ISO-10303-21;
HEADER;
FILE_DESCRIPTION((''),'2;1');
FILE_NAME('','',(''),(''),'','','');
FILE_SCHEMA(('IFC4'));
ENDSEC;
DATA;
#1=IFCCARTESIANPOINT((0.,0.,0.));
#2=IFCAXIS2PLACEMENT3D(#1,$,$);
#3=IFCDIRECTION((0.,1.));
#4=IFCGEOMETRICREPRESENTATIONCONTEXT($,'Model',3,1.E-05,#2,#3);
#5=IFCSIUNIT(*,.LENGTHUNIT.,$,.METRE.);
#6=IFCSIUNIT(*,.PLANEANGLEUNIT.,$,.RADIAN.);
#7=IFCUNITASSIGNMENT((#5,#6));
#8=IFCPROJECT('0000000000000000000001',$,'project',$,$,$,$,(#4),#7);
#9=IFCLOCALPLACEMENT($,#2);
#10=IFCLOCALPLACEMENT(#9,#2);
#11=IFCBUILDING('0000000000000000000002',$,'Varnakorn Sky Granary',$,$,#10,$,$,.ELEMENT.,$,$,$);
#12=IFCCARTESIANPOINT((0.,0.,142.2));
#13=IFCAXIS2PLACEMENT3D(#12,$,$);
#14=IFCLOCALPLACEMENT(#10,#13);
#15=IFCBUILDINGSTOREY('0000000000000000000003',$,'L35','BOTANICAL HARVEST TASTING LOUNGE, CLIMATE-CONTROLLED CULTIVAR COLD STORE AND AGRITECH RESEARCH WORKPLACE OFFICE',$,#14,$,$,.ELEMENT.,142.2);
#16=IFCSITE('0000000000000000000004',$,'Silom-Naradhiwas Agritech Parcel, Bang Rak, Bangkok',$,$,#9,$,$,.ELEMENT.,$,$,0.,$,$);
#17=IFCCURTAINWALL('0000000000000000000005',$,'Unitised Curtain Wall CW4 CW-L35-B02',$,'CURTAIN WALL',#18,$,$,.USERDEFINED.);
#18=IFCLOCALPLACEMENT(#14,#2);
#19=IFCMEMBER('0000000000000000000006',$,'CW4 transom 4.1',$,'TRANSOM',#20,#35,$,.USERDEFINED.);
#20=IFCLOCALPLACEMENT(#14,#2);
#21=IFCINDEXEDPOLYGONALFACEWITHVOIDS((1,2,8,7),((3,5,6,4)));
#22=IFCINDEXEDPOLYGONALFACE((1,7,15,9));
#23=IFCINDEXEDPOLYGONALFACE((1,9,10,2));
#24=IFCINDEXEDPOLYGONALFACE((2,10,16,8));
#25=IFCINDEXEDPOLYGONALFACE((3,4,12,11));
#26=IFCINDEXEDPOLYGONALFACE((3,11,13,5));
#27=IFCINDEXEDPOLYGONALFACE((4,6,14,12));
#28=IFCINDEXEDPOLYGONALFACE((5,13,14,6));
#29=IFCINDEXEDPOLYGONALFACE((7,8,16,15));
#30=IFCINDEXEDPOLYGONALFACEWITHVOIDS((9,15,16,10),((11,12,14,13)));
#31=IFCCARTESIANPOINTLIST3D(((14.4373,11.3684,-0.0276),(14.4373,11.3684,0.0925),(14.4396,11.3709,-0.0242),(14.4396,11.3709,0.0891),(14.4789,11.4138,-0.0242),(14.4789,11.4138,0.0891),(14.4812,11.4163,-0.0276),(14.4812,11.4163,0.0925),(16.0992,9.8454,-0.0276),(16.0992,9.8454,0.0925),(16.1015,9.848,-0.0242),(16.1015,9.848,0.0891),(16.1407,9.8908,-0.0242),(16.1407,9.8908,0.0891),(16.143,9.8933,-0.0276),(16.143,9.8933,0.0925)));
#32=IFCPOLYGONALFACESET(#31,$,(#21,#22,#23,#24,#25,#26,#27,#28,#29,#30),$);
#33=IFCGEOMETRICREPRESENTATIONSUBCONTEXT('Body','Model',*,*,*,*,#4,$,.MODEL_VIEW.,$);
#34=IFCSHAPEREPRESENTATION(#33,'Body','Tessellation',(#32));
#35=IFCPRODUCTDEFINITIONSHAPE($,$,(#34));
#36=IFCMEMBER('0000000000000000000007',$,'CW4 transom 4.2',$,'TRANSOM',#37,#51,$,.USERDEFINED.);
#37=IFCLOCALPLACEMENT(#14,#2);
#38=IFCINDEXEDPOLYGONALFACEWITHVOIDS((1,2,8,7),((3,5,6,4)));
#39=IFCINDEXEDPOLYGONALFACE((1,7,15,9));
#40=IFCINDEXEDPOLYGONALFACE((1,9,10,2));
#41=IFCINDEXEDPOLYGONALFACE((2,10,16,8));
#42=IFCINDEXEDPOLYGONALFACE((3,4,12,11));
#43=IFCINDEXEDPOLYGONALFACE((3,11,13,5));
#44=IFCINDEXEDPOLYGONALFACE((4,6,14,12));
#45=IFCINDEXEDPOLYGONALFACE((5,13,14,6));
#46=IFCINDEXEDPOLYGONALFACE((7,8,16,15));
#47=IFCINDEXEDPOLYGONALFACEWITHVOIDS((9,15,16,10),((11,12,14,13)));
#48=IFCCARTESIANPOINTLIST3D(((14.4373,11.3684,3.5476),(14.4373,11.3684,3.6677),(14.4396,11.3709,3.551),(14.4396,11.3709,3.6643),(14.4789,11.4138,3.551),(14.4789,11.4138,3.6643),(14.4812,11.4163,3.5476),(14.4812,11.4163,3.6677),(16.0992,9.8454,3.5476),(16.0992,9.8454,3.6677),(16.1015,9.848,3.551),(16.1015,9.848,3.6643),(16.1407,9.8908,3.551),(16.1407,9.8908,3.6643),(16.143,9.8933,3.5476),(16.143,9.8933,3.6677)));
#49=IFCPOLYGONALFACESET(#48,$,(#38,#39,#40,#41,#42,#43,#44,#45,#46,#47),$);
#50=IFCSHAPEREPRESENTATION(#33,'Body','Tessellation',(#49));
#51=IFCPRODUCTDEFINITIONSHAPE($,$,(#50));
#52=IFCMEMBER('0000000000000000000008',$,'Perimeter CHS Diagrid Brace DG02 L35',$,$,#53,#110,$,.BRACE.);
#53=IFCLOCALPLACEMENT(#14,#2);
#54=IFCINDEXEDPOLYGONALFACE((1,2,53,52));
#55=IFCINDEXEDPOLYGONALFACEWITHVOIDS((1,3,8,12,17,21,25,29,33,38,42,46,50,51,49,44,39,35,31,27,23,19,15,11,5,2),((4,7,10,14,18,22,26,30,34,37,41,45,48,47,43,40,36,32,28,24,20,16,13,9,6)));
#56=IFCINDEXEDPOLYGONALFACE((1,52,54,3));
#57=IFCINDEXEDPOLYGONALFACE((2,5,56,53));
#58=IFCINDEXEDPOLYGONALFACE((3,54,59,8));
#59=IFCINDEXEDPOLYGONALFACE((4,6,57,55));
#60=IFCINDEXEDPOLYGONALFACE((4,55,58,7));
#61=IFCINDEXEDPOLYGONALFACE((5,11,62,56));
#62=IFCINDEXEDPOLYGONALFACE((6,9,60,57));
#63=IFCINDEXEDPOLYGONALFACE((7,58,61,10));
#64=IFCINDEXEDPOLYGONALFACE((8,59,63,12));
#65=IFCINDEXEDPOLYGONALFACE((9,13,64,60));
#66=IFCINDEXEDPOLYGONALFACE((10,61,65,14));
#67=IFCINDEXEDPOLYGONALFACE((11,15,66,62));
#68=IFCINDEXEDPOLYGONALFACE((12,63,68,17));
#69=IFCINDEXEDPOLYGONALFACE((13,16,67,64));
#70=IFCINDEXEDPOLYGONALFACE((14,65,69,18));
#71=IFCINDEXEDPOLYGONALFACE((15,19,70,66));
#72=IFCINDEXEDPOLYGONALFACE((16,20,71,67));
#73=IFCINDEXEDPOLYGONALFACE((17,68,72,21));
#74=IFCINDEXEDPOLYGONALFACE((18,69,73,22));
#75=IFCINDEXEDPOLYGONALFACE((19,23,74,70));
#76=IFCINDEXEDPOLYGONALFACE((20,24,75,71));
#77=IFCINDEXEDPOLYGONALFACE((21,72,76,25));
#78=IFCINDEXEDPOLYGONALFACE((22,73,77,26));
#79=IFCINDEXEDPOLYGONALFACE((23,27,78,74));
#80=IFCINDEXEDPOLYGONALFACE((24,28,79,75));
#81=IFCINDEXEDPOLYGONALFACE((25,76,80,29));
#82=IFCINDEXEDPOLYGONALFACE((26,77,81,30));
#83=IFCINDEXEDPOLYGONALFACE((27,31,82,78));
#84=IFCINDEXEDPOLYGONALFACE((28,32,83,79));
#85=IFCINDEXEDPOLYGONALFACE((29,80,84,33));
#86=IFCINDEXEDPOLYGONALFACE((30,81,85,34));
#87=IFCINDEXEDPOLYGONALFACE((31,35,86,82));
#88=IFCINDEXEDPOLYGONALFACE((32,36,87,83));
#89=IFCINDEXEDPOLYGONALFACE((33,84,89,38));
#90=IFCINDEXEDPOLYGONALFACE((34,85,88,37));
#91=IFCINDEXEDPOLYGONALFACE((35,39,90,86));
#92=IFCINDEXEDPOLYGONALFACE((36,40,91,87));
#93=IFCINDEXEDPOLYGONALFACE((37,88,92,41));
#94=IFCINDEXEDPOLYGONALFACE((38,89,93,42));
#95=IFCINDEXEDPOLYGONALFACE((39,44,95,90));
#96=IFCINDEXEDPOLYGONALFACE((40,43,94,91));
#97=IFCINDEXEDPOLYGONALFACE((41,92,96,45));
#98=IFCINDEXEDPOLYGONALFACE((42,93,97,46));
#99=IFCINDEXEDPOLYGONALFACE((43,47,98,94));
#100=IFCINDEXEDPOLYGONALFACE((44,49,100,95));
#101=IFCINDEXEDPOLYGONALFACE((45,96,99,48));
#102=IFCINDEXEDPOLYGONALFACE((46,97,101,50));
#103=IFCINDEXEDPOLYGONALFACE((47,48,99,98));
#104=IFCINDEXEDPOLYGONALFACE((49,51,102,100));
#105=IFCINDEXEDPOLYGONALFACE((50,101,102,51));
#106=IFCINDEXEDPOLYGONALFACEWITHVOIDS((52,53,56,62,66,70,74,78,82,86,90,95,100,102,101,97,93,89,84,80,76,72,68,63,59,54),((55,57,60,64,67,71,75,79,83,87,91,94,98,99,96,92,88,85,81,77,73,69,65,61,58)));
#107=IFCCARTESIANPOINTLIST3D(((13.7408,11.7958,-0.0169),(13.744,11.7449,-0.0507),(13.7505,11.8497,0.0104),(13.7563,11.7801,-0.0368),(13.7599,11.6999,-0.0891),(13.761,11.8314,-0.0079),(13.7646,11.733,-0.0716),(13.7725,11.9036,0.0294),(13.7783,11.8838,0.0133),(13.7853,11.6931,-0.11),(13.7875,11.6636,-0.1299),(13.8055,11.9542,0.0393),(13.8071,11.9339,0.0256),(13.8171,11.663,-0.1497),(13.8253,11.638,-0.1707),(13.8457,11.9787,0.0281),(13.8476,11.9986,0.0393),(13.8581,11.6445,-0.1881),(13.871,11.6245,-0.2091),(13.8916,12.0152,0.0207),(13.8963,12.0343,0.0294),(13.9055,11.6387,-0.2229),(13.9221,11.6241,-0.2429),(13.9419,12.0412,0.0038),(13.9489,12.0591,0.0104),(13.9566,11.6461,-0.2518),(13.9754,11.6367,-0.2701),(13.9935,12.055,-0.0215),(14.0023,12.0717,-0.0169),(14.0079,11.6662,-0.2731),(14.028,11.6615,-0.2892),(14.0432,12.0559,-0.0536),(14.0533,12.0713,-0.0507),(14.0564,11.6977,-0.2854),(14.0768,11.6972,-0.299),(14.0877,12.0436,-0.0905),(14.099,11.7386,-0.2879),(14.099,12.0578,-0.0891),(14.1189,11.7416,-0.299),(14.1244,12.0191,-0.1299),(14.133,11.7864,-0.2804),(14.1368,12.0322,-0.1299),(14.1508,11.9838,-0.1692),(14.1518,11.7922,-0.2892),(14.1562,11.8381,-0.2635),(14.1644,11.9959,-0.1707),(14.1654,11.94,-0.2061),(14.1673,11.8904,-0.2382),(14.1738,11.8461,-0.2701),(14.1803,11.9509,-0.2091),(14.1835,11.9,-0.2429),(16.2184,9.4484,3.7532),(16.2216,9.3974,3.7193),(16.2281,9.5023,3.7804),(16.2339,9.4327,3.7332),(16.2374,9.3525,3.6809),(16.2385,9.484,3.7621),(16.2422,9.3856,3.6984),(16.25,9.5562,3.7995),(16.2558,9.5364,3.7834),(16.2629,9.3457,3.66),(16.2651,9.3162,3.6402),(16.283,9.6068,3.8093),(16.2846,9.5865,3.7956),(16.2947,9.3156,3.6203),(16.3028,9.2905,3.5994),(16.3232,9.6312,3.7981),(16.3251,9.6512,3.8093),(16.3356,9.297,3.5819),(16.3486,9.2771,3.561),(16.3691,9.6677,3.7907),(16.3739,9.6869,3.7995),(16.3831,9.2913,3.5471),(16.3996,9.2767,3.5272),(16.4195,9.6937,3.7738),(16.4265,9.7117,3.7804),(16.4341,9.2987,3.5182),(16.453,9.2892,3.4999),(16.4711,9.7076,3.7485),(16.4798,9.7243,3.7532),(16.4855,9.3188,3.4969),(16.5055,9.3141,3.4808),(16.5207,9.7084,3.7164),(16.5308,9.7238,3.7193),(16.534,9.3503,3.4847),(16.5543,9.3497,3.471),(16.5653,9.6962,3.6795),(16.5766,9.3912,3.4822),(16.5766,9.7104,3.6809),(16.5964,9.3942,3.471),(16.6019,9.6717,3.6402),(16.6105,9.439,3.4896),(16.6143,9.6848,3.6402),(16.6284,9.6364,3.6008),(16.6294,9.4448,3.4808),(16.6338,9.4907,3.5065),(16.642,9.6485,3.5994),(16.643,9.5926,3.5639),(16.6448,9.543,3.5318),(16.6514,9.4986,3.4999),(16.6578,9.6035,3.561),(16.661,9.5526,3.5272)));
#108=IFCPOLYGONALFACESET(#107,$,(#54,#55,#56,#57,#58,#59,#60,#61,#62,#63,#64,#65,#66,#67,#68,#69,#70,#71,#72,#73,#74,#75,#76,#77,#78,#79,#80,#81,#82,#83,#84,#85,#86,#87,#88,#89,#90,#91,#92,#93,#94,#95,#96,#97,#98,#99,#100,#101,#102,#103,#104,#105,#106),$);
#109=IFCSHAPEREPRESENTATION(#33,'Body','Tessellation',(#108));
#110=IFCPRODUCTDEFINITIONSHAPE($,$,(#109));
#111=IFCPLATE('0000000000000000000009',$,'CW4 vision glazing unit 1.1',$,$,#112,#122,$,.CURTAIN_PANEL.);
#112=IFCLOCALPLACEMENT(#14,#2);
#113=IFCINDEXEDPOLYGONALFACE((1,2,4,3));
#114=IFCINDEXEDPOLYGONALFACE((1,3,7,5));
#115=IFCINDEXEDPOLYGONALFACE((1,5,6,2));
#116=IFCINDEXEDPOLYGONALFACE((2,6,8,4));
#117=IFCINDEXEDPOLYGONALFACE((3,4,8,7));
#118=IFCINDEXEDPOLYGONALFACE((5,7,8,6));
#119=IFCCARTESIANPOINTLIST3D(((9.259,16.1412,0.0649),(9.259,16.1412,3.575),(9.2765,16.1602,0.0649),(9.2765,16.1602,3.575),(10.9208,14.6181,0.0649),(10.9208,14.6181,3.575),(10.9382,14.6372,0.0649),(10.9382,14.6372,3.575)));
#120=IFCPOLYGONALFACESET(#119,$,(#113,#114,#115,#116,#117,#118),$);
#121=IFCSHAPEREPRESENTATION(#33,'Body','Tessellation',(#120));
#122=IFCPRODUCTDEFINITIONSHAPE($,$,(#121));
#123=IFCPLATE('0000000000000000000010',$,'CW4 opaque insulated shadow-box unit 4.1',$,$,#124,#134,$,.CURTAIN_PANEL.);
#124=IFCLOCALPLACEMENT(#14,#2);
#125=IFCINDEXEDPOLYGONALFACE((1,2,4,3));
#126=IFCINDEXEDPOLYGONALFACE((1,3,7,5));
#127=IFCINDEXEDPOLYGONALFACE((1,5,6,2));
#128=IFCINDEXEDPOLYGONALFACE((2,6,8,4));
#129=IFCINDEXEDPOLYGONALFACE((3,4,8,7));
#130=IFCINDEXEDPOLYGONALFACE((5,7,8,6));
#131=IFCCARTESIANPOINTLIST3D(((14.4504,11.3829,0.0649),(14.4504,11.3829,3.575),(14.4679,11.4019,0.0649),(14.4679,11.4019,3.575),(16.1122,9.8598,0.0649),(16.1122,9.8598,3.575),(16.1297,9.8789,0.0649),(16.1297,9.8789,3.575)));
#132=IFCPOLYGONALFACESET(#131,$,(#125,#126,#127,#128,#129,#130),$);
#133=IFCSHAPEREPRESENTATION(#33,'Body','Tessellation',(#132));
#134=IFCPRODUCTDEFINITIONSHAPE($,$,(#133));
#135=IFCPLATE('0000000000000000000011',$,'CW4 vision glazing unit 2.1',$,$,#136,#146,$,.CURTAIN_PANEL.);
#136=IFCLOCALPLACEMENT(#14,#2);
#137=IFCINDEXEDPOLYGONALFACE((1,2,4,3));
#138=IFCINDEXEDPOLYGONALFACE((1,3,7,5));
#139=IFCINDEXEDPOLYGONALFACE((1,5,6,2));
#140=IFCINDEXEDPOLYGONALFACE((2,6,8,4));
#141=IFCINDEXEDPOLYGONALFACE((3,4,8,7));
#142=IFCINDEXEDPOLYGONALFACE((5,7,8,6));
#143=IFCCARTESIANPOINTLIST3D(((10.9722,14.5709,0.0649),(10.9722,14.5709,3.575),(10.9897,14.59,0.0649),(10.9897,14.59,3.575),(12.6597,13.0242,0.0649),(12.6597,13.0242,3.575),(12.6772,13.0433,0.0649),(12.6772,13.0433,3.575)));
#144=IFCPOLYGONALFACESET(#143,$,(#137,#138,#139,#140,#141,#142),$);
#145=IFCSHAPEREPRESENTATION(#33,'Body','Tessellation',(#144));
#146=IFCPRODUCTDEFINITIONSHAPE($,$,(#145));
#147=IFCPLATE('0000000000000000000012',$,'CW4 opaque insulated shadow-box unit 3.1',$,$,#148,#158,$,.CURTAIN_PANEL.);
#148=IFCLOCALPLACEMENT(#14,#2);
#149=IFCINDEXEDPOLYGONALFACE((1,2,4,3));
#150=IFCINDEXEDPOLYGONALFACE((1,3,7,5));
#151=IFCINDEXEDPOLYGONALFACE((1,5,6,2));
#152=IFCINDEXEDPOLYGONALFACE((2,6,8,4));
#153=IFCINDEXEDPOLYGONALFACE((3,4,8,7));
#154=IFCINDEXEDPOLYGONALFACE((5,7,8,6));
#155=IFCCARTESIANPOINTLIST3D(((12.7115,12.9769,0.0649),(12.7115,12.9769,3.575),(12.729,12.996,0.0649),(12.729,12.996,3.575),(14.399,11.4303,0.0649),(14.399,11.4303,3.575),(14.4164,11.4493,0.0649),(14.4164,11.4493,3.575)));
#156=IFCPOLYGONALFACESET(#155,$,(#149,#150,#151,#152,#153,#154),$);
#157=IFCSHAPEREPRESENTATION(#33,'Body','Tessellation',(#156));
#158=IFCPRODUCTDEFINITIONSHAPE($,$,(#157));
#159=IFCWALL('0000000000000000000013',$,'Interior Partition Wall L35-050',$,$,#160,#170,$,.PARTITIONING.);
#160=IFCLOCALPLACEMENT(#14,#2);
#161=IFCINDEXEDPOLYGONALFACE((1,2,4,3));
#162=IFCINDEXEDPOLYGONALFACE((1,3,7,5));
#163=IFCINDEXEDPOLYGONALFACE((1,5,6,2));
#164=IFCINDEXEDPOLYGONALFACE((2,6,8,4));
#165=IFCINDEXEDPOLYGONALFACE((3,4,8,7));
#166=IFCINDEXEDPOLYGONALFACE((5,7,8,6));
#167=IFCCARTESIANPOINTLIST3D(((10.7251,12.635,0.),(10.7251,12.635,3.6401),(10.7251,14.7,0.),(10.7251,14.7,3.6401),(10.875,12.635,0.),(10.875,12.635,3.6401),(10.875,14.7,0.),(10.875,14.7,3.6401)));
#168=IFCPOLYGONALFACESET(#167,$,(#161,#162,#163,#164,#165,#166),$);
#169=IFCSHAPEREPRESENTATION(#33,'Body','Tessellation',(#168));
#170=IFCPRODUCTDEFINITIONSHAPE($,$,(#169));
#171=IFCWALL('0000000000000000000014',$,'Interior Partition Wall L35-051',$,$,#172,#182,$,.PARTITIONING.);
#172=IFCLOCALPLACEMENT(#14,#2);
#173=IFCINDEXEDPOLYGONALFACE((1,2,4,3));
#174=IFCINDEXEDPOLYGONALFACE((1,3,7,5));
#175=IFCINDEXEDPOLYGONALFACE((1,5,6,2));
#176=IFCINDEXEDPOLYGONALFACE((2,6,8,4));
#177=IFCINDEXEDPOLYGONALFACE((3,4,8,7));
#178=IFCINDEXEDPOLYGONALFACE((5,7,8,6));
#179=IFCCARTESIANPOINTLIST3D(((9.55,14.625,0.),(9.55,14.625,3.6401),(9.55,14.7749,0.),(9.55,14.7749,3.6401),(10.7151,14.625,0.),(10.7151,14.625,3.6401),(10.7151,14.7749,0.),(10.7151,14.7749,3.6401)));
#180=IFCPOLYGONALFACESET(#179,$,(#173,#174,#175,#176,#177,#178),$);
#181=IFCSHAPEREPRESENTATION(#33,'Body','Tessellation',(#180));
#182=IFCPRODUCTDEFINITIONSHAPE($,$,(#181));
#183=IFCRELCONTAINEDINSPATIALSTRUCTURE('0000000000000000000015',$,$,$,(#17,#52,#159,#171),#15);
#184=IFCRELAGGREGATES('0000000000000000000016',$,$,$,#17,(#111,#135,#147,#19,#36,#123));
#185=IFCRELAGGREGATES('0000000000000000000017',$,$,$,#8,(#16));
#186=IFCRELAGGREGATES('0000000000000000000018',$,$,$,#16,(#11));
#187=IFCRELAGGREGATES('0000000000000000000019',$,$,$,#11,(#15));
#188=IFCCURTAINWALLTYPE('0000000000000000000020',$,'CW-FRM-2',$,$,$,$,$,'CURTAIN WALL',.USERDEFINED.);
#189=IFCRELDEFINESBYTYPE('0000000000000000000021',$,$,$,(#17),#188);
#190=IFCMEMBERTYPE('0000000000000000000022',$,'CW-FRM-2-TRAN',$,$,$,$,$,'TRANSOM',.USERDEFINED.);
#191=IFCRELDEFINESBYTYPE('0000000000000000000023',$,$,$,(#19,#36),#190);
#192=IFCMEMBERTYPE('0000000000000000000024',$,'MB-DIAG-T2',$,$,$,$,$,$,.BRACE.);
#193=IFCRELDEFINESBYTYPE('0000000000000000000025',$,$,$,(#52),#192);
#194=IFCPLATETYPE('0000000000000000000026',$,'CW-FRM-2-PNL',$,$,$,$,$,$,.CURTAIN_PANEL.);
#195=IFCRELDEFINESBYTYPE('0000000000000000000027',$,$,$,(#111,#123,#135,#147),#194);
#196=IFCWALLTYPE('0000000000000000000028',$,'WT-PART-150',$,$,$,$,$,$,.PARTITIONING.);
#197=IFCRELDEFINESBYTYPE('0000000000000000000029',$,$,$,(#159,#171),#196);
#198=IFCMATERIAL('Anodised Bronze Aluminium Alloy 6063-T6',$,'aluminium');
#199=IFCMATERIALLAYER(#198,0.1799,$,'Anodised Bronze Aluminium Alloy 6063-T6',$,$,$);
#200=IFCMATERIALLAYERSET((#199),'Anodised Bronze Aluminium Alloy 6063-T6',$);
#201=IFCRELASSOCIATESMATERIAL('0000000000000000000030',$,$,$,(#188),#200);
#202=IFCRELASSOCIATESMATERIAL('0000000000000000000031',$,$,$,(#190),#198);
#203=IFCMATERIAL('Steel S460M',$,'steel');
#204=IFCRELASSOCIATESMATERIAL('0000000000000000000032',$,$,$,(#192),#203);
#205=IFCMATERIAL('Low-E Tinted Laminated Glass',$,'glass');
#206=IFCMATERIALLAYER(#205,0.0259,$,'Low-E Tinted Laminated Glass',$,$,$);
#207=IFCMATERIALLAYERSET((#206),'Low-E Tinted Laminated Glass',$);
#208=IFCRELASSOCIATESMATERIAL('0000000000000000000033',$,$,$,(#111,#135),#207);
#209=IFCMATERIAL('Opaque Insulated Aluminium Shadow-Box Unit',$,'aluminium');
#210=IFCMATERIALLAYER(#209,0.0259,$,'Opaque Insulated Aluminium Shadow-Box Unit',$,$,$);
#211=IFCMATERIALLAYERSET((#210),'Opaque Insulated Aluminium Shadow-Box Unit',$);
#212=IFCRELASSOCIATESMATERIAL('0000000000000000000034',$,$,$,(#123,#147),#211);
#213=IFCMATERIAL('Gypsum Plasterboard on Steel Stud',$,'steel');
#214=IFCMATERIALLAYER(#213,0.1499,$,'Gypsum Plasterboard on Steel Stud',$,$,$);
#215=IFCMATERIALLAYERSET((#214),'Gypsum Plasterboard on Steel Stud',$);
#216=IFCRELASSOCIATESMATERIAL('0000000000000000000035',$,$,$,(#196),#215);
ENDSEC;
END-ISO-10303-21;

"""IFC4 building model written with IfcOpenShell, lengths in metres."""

from ifc_helpers import new_model, si_unit, direction, frame, frame_2d, origin, origin_2d, place, context, subcontext, project, spatial, rectangle, hollow_rectangle, hollow_circle, extrude, source, transform, mapped, material, layer, layer_set, material_profile, profile_set, type_object, type_shapes, element, aggregate, save


model = new_model("IFC4")

# Units and contexts
model_context = context("Model", 3, precision=1e-05, world=origin(), true_north=direction((0.0, 1.0)))
body_context = subcontext(model_context, "Body", "Model", "MODEL_VIEW")
ifc_project = project(units=[si_unit("LENGTHUNIT", "METRE"), si_unit("PLANEANGLEUNIT", "RADIAN")], contexts=[model_context])

# Site, building, storey
site_placement = place(None, origin())
site = spatial("IfcSite", under=ifc_project, at=site_placement, Name="Silom-Naradhiwas Agritech Parcel, Bang Rak, Bangkok", CompositionType="ELEMENT", RefElevation=0.0)
building_placement = place(site_placement, origin())
building = spatial("IfcBuilding", under=site, at=building_placement, Name="Varnakorn Sky Granary", CompositionType="ELEMENT")
storey_placement = place(building_placement, frame((0.0, 0.0, 142.2)))
storey = spatial("IfcBuildingStorey", under=building, at=storey_placement, Name="L35", Description="BOTANICAL HARVEST TASTING LOUNGE, CLIMATE-CONTROLLED CULTIVAR COLD STORE AND AGRITECH RESEARCH WORKPLACE OFFICE", CompositionType="ELEMENT", Elevation=142.2)

# Curtain wall, members
ifc_material_1 = material(Name="Anodised Bronze Aluminium Alloy 6063-T6", Category="aluminium")
ifc_layer_1 = layer(ifc_material_1, 0.1799, Name="Anodised Bronze Aluminium Alloy 6063-T6")
ifc_layer_set_1 = layer_set([ifc_layer_1], Name="Anodised Bronze Aluminium Alloy 6063-T6")
curtain_wall_type = type_object("IfcCurtainWallType", Name="CW-FRM-2", ElementType="CURTAIN WALL", PredefinedType="USERDEFINED", material=ifc_layer_set_1)
curtain_wall_placement = place(storey_placement, origin())
curtain_wall = element("IfcCurtainWall", 1, at=curtain_wall_placement, inside=storey, type_object=curtain_wall_type, Name="Unitised Curtain Wall CW4 CW-L35-B02", ObjectType="CURTAIN WALL", PredefinedType="USERDEFINED")
ifc_material_profile_1 = material_profile(ifc_material_1, hollow_rectangle(XDim=0.0649, YDim=0.1201, WallThickness=0.0034, at=origin_2d()), Name="ALU TRAN 65x120")
ifc_profile_set_1 = profile_set([ifc_material_profile_1], Name="Anodised Bronze Aluminium Alloy 6063-T6")
member_type_1 = type_object("IfcMemberType", Name="CW-FRM-2-TRAN", ElementType="TRANSOM", PredefinedType="USERDEFINED", material=ifc_profile_set_1)
member_1_placement = place(storey_placement, frame((14.4592, 11.3923, 0.0325), z_axis=(0.737249, -0.675622, 0.0), x_axis=(0.675622, 0.737249, 0.0)))
member_1 = element("IfcMember", 2, at=member_1_placement, type_object=member_type_1, Name="CW4 transom 4.1", ObjectType="TRANSOM", PredefinedType="USERDEFINED", context=body_context, shape_type="SweptSolid", body=[
    extrude(hollow_rectangle(XDim=0.0649, YDim=0.1201, WallThickness=0.0034, at=origin_2d()), origin(), (0.0, 0.0, 1.0), 2.2542),
])
member_2_placement = place(storey_placement, frame((14.4592, 11.3923, 3.6077), z_axis=(0.737249, -0.675622, 0.0), x_axis=(0.675622, 0.737249, 0.0)))
member_2 = element("IfcMember", 3, at=member_2_placement, type_object=member_type_1, Name="CW4 transom 4.2", ObjectType="TRANSOM", PredefinedType="USERDEFINED", context=body_context, shape_type="SweptSolid", body=[
    extrude(hollow_rectangle(XDim=0.0649, YDim=0.1201, WallThickness=0.0034, at=origin_2d()), origin(), (0.0, 0.0, 1.0), 2.2542),
])

# Member
ifc_material_2 = material(Name="Steel S460M", Category="steel")
ifc_material_profile_2 = material_profile(ifc_material_2, hollow_circle(Radius=0.2539, WallThickness=0.0181, at=origin_2d()), Name="CHS 508x18")
ifc_profile_set_2 = profile_set([ifc_material_profile_2], Name="Steel S460M")
member_type_2 = type_object("IfcMemberType", Name="MB-DIAG-T2", PredefinedType="BRACE", material=ifc_profile_set_2)
member_3_placement = place(storey_placement, frame((13.9622, 11.8479, -0.1299), z_axis=(0.487184, -0.461596, 0.741338), x_axis=(0.687786, 0.725913, 0.0)))
element("IfcMember", 4, at=member_3_placement, inside=storey, type_object=member_type_2, Name="Perimeter CHS Diagrid Brace DG02 L35", PredefinedType="BRACE", context=body_context, shape_type="SweptSolid", body=[
    extrude(hollow_circle(Radius=0.2539, WallThickness=0.0181, at=origin_2d()), origin(), (0.0, 0.0, 1.0), 5.0854),
])

# Plates
ifc_material_3 = material(Name="Low-E Tinted Laminated Glass", Category="glass")
ifc_layer_2 = layer(ifc_material_3, 0.0259, Name="Low-E Tinted Laminated Glass")
ifc_layer_set_2 = layer_set([ifc_layer_2], Name="Low-E Tinted Laminated Glass")
plate_type = type_object("IfcPlateType", Name="CW-FRM-2-PNL", PredefinedType="CURTAIN_PANEL")
shared_shape_1 = source(origin(), body_context, "Body", "SweptSolid", [
    extrude(rectangle(XDim=2.2542, YDim=0.0259, at=origin_2d()), origin(), (0.0, 0.0, 1.0), 3.51),
])
plate_1_placement = place(storey_placement, frame((10.0986, 15.3892, 0.0649), z_axis=(0.0, 0.0, 1.0), x_axis=(0.737191, -0.675685, 0.0)))
plate_1 = element("IfcPlate", 5, at=plate_1_placement, type_object=plate_type, material=ifc_layer_set_2, Name="CW4 vision glazing unit 1.1", PredefinedType="CURTAIN_PANEL", context=body_context, shape_type="MappedRepresentation", body=[
    mapped(shared_shape_1, transform((0.0, 0.0, 0.0), x_axis=(1.0, 0.0, 0.0), y_axis=(0.0, 1.0, 0.0), z_axis=(0.0, 0.0, 1.0), scale=1.0)),
])
ifc_material_4 = material(Name="Opaque Insulated Aluminium Shadow-Box Unit", Category="aluminium")
ifc_layer_3 = layer(ifc_material_4, 0.0259, Name="Opaque Insulated Aluminium Shadow-Box Unit")
ifc_layer_set_3 = layer_set([ifc_layer_3], Name="Opaque Insulated Aluminium Shadow-Box Unit")
plate_2_placement = place(storey_placement, frame((15.29, 10.6309, 0.0649), z_axis=(0.0, 0.0, 1.0), x_axis=(0.737191, -0.675685, 0.0)))
plate_2 = element("IfcPlate", 6, at=plate_2_placement, type_object=plate_type, material=ifc_layer_set_3, Name="CW4 opaque insulated shadow-box unit 4.1", PredefinedType="CURTAIN_PANEL", context=body_context, shape_type="MappedRepresentation", body=[
    mapped(shared_shape_1, transform((0.0, 0.0, 0.0), x_axis=(1.0, 0.0, 0.0), y_axis=(0.0, 1.0, 0.0), z_axis=(0.0, 0.0, 1.0), scale=1.0)),
])
shared_shape_2 = source(origin(), body_context, "Body", "SweptSolid", [
    extrude(rectangle(XDim=2.2891, YDim=0.0259, at=origin_2d()), origin(), (0.0, 0.0, 1.0), 3.51),
])
type_shapes(plate_type, [shared_shape_1, shared_shape_2])
plate_3_placement = place(storey_placement, frame((11.8247, 13.8071, 0.0649), z_axis=(0.0, 0.0, 1.0), x_axis=(0.737191, -0.675685, 0.0)))
plate_3 = element("IfcPlate", 7, at=plate_3_placement, type_object=plate_type, material=ifc_layer_set_2, Name="CW4 vision glazing unit 2.1", PredefinedType="CURTAIN_PANEL", context=body_context, shape_type="MappedRepresentation", body=[
    mapped(shared_shape_2, transform((0.0, 0.0, 0.0), x_axis=(1.0, 0.0, 0.0), y_axis=(0.0, 1.0, 0.0), z_axis=(0.0, 0.0, 1.0), scale=1.0)),
])
plate_4_placement = place(storey_placement, frame((13.564, 12.2131, 0.0649), z_axis=(0.0, 0.0, 1.0), x_axis=(0.737191, -0.675685, 0.0)))
plate_4 = element("IfcPlate", 8, at=plate_4_placement, type_object=plate_type, material=ifc_layer_set_3, Name="CW4 opaque insulated shadow-box unit 3.1", PredefinedType="CURTAIN_PANEL", context=body_context, shape_type="MappedRepresentation", body=[
    mapped(shared_shape_2, transform((0.0, 0.0, 0.0), x_axis=(1.0, 0.0, 0.0), y_axis=(0.0, 1.0, 0.0), z_axis=(0.0, 0.0, 1.0), scale=1.0)),
])
aggregate(curtain_wall, [plate_1, plate_3, plate_4, member_1, member_2, plate_2])

# Walls
ifc_material_5 = material(Name="Gypsum Plasterboard on Steel Stud", Category="steel")
ifc_layer_4 = layer(ifc_material_5, 0.1499, Name="Gypsum Plasterboard on Steel Stud")
ifc_layer_set_4 = layer_set([ifc_layer_4], Name="Gypsum Plasterboard on Steel Stud")
wall_type_1 = type_object("IfcWallType", Name="WT-PART-150", PredefinedType="PARTITIONING", material=ifc_layer_set_4)
wall_1_placement = place(storey_placement, frame((10.8, 12.635, 0.0), z_axis=(0.0, 0.0, 1.0), x_axis=(0.0, 1.0, 0.0)))
element("IfcWall", 9, at=wall_1_placement, inside=storey, type_object=wall_type_1, Name="Interior Partition Wall L35-050", PredefinedType="PARTITIONING", context=body_context, shape_type="SweptSolid", body=[
    extrude(rectangle(XDim=2.0649, YDim=0.1499, at=frame_2d((1.0325, 0.0))), origin(), (0.0, 0.0, 1.0), 3.6401),
])
wall_2_placement = place(storey_placement, frame((10.7151, 14.7, 0.0), z_axis=(0.0, 0.0, 1.0), x_axis=(-1.0, 0.0, 0.0)))
element("IfcWall", 10, at=wall_2_placement, inside=storey, type_object=wall_type_1, Name="Interior Partition Wall L35-051", PredefinedType="PARTITIONING", context=body_context, shape_type="SweptSolid", body=[
    extrude(rectangle(XDim=1.165, YDim=0.1499, at=frame_2d((0.5825, 0.0))), origin(), (0.0, 0.0, 1.0), 3.6401),
])

save(model, "model.ifc")
